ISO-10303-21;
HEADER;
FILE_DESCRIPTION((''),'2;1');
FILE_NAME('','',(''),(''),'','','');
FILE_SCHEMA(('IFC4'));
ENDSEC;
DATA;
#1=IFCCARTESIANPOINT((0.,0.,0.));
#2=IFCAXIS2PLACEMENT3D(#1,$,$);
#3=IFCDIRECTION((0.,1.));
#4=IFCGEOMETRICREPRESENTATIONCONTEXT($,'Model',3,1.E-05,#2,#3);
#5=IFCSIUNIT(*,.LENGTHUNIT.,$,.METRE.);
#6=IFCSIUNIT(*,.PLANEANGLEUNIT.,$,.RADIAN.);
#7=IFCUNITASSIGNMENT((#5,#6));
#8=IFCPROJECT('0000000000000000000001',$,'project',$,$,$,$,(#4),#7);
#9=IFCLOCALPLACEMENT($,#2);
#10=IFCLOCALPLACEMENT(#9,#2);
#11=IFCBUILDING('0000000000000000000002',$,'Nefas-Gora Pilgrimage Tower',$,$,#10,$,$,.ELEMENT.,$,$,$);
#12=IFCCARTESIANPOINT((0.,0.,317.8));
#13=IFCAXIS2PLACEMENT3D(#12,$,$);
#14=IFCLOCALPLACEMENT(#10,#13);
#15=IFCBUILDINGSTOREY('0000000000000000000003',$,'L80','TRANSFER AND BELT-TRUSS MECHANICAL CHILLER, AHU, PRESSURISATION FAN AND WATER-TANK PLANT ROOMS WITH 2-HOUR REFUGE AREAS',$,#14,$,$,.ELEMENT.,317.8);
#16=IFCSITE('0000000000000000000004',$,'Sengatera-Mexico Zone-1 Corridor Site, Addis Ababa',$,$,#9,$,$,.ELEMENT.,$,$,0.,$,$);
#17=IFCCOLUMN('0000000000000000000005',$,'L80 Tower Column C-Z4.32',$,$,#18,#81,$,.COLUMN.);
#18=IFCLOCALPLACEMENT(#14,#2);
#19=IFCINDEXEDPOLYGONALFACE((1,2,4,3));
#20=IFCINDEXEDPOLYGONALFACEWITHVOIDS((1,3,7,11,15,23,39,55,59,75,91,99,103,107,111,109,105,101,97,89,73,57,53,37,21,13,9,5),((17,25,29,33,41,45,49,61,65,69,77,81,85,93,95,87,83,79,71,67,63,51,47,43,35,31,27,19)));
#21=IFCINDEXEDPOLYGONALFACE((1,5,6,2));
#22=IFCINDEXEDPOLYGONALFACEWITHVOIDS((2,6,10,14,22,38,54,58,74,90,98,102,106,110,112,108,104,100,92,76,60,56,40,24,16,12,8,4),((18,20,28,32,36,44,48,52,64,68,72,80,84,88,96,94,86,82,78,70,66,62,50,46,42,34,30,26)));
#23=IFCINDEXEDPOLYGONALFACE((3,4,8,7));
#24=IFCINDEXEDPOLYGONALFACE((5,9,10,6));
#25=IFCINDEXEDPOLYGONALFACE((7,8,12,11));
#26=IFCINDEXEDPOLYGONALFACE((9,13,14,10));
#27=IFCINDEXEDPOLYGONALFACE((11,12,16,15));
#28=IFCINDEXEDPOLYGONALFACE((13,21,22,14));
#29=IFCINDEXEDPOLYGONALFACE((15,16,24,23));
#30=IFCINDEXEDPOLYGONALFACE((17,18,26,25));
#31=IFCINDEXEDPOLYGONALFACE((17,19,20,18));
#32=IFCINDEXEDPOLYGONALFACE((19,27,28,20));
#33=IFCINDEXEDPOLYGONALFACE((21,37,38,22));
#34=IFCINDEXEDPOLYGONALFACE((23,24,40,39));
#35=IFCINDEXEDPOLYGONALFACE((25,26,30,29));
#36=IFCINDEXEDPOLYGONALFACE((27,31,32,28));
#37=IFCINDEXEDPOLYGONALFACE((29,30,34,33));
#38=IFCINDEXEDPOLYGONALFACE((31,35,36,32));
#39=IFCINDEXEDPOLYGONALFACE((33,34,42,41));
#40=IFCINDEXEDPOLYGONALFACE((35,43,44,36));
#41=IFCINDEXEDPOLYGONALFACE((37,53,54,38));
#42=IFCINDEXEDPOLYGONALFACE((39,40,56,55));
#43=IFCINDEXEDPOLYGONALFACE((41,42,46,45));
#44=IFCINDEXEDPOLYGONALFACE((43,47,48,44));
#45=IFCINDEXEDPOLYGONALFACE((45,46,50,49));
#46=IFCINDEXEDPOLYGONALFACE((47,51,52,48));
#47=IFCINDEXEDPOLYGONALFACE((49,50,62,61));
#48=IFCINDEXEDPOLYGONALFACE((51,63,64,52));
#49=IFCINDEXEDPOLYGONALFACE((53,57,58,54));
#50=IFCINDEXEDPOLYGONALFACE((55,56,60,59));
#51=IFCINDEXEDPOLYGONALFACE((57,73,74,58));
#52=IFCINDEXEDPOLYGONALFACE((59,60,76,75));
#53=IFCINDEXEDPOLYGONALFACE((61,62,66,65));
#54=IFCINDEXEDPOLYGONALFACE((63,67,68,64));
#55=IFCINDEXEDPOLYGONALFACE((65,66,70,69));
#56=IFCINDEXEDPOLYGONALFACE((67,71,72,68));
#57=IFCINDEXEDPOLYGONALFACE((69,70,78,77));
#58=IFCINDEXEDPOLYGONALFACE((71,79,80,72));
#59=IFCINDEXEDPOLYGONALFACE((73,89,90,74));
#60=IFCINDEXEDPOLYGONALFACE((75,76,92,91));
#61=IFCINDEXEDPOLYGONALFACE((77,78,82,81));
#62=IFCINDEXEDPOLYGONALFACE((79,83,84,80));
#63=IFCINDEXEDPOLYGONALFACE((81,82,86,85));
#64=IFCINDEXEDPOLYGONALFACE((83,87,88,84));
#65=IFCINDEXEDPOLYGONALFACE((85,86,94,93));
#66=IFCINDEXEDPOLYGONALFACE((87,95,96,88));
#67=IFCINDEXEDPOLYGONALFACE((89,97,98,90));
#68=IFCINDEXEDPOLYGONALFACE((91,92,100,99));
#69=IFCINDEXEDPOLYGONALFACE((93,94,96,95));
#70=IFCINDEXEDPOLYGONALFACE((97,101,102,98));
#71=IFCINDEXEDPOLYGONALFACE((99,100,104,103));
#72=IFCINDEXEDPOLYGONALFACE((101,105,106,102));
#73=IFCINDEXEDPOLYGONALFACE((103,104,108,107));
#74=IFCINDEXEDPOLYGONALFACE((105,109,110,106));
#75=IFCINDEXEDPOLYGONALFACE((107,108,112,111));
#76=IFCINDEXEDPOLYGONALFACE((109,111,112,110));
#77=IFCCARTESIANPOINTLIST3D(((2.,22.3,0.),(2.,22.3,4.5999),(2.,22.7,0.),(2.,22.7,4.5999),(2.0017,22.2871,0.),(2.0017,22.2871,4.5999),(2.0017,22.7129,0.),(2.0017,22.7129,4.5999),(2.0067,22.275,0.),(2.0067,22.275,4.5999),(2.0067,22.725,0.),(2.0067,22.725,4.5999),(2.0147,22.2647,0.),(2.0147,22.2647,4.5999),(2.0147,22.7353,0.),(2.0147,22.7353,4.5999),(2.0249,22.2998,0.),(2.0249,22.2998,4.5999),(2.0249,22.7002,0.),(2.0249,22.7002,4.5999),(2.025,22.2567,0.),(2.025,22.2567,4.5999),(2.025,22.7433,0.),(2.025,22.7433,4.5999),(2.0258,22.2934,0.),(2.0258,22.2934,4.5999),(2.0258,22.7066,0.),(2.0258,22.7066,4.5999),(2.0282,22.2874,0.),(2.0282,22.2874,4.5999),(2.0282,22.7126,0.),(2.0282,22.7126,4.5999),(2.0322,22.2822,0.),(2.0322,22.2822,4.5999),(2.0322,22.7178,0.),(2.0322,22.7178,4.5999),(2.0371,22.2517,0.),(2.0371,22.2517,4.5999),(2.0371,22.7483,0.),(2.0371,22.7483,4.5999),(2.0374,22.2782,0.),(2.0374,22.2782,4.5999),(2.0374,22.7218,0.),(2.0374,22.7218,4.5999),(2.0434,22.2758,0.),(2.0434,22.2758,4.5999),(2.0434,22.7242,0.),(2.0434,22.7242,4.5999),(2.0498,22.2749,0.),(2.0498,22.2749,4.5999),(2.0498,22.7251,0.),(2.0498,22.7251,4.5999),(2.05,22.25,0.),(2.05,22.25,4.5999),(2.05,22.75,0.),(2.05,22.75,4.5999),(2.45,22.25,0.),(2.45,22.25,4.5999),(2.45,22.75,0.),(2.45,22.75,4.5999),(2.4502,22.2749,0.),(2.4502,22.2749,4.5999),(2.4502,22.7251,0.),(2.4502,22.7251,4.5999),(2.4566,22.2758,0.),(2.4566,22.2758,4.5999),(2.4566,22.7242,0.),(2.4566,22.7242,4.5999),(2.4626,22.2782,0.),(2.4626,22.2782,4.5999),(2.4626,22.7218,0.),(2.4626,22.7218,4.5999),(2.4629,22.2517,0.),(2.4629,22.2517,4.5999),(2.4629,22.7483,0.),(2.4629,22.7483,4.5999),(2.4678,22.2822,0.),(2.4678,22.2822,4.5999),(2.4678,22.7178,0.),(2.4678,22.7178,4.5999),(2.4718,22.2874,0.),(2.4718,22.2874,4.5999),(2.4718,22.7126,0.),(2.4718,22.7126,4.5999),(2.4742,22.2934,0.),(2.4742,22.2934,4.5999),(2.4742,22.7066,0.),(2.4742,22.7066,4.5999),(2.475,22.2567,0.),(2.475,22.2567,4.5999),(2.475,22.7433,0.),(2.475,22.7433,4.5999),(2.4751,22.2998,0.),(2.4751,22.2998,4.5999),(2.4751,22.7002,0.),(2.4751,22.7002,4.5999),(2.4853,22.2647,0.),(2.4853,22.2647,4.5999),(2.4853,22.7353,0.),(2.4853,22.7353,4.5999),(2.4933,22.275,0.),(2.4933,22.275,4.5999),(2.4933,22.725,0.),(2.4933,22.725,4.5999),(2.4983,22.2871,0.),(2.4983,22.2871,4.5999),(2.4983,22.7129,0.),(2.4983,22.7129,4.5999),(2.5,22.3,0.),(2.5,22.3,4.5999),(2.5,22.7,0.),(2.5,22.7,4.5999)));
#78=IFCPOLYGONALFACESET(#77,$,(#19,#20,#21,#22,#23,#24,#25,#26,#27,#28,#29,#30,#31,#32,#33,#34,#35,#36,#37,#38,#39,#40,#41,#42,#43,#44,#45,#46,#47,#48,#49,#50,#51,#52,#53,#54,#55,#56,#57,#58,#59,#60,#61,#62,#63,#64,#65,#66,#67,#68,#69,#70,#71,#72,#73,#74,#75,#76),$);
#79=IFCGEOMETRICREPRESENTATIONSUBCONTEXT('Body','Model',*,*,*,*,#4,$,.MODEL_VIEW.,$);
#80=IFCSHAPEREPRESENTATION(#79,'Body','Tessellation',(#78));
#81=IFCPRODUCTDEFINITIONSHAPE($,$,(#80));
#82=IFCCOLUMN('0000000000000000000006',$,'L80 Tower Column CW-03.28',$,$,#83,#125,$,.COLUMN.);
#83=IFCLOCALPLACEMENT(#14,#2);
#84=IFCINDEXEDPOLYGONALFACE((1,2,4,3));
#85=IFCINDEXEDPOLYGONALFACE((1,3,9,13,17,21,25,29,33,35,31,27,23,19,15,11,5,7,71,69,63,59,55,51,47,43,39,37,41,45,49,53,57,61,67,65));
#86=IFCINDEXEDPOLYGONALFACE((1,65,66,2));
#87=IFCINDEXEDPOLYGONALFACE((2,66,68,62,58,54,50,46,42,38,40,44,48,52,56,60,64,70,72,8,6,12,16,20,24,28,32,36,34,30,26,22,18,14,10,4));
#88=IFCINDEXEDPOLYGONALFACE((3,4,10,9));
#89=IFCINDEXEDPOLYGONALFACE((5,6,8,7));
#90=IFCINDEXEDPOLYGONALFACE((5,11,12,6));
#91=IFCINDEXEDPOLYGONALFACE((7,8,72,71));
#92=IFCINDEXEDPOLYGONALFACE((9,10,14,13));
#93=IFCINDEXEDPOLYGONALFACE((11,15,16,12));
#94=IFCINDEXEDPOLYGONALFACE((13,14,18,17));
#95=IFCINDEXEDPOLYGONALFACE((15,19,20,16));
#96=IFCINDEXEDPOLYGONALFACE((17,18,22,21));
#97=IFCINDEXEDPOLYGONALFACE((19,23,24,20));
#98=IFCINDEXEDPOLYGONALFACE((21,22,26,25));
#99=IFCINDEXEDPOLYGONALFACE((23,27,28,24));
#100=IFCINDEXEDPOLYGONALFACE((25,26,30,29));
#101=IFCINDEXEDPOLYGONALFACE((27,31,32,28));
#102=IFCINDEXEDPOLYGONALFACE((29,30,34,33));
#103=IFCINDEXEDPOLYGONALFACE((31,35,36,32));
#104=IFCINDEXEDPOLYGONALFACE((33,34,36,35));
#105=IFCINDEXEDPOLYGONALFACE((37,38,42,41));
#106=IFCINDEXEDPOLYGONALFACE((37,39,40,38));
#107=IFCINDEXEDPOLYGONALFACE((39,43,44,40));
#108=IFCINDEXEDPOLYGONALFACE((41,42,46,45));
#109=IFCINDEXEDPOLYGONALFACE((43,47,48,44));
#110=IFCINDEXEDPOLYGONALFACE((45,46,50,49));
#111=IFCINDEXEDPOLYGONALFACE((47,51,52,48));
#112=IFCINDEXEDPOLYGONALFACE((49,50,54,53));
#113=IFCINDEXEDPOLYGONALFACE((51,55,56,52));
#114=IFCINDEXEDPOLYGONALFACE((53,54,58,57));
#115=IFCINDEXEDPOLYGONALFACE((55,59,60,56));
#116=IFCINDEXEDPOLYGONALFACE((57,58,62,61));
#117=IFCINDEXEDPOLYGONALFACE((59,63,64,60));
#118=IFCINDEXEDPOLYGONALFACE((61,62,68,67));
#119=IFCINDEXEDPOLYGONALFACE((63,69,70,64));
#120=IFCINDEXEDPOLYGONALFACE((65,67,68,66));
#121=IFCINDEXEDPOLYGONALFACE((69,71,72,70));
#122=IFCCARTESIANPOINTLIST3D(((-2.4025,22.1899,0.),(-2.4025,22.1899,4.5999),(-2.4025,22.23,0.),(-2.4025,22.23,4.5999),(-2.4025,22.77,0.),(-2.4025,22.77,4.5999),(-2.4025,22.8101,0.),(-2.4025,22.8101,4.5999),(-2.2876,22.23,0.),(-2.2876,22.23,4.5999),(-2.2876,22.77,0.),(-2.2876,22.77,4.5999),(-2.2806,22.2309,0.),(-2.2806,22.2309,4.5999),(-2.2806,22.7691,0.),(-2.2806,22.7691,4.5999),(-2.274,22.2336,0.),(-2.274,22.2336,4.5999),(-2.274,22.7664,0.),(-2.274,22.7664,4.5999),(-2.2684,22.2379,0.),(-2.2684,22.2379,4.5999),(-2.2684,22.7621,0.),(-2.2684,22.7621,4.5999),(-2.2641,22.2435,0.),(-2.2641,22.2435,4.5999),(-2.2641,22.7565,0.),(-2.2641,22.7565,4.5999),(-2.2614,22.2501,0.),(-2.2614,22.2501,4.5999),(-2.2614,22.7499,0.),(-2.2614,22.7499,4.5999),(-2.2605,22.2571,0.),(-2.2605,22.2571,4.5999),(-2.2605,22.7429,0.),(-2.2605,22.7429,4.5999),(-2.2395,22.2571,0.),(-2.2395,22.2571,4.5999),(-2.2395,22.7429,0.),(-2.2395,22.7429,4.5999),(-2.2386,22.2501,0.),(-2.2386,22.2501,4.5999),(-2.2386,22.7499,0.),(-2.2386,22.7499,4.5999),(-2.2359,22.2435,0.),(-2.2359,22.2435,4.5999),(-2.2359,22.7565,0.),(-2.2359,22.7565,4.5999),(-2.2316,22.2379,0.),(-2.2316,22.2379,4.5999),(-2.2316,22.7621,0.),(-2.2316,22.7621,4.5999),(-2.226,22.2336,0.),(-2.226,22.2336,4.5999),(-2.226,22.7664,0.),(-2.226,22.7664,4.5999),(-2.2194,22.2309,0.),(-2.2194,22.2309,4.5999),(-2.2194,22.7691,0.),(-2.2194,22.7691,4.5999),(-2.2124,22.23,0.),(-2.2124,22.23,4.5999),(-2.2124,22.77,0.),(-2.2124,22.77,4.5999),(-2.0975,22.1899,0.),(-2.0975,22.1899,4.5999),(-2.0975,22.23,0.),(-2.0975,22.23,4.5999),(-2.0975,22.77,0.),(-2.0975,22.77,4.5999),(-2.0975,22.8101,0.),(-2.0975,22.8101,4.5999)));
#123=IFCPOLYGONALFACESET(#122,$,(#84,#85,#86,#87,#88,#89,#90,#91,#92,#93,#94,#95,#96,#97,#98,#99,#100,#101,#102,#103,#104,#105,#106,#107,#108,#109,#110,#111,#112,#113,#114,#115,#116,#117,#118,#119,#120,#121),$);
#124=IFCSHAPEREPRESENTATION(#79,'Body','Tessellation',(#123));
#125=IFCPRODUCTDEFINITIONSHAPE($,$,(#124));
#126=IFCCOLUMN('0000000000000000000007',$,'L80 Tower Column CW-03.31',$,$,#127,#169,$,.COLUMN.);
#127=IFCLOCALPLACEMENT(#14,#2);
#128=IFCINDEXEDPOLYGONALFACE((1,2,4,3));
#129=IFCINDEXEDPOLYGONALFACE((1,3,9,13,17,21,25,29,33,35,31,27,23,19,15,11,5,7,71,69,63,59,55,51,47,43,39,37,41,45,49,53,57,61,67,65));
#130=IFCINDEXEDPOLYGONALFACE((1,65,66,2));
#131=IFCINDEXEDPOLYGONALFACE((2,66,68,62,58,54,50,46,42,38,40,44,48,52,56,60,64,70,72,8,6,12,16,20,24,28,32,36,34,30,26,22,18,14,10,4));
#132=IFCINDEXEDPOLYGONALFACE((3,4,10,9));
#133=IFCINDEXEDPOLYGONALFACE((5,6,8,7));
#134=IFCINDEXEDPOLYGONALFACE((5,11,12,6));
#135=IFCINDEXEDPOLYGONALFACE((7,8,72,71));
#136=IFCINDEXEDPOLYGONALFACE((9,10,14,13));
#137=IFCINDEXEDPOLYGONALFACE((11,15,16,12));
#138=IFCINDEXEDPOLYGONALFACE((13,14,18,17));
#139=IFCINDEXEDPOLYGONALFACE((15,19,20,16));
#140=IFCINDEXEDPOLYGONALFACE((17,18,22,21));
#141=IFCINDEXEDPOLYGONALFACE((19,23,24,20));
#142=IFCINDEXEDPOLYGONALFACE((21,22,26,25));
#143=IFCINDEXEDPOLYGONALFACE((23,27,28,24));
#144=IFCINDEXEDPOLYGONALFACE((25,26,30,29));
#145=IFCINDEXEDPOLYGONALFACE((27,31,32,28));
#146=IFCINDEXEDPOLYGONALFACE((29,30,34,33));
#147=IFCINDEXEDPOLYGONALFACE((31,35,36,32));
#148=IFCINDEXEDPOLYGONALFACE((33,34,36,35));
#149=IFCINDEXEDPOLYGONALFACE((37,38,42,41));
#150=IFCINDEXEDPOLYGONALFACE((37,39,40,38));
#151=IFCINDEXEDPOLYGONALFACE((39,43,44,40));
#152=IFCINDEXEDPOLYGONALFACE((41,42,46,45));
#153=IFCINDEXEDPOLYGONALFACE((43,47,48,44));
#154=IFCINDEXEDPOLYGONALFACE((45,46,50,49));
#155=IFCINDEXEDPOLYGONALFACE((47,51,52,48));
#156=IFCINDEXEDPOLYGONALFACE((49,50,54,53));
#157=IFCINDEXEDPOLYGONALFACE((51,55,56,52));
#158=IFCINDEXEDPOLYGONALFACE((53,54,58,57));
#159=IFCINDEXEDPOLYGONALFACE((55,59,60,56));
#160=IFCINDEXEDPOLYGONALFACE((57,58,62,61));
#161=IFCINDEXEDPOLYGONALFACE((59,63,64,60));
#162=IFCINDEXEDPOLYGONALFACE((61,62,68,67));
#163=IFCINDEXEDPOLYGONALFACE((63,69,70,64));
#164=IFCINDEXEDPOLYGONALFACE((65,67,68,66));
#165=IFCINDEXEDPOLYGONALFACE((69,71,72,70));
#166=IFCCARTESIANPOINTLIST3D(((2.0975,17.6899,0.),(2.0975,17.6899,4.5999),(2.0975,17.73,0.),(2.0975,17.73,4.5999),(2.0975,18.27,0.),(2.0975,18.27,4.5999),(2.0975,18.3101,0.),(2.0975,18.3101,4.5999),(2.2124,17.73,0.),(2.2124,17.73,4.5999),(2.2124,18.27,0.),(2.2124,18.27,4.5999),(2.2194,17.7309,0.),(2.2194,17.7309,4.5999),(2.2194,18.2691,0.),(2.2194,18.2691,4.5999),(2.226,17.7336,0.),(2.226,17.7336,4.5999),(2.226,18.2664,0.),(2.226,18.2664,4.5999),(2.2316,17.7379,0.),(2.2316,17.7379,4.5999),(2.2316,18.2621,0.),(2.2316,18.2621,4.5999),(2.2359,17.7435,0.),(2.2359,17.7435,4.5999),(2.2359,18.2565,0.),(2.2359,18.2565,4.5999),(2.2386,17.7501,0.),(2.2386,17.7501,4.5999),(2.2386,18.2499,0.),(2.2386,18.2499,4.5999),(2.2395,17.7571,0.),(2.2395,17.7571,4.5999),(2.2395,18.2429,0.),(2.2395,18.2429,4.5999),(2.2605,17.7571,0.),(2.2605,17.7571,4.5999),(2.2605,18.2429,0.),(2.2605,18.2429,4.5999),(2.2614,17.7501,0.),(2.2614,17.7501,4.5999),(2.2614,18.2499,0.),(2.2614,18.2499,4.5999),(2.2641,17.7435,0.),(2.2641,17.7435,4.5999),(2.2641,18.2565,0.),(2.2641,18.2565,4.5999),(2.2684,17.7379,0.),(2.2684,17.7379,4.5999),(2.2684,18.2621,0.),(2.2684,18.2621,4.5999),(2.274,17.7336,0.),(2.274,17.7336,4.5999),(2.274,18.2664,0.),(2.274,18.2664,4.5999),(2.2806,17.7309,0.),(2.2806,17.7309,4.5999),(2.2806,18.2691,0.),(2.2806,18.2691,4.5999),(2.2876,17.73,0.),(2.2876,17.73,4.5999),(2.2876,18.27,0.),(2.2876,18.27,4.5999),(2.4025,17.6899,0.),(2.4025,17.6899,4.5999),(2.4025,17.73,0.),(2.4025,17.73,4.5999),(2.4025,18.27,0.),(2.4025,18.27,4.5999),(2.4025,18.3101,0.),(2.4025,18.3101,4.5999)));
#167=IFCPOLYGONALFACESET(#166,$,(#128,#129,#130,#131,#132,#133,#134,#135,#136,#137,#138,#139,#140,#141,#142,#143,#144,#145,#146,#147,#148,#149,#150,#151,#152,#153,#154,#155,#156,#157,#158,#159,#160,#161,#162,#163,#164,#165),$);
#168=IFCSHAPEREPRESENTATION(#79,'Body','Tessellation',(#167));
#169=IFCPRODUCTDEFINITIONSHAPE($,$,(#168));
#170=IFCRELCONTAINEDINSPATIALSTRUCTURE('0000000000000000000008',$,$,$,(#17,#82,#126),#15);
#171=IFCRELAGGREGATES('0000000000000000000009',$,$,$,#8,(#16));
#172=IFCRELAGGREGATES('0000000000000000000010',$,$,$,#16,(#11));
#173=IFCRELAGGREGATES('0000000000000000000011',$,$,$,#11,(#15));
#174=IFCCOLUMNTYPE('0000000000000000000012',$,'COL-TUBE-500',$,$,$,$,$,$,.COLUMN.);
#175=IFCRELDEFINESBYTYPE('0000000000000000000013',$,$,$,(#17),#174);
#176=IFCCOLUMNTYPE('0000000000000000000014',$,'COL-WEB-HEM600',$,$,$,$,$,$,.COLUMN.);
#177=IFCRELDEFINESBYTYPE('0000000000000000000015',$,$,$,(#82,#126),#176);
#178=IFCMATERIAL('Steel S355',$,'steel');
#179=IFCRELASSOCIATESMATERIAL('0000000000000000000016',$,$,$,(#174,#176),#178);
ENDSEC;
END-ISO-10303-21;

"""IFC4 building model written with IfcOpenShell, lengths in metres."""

from ifc_helpers import new_model, si_unit, direction, frame, origin, origin_2d, place, context, subcontext, project, spatial, hollow_rectangle, i_section, extrude, source, transform, mapped, material, material_profile, profile_set, type_object, element, save


model = new_model("IFC4")

# Units and contexts
model_context = context("Model", 3, precision=1e-05, world=origin(), true_north=direction((0.0, 1.0)))
body_context = subcontext(model_context, "Body", "Model", "MODEL_VIEW")
ifc_project = project(units=[si_unit("LENGTHUNIT", "METRE"), si_unit("PLANEANGLEUNIT", "RADIAN")], contexts=[model_context])

# Site, building, storey
site_placement = place(None, origin())
site = spatial("IfcSite", under=ifc_project, at=site_placement, Name="Sengatera-Mexico Zone-1 Corridor Site, Addis Ababa", CompositionType="ELEMENT", RefElevation=0.0)
building_placement = place(site_placement, origin())
building = spatial("IfcBuilding", under=site, at=building_placement, Name="Nefas-Gora Pilgrimage Tower", CompositionType="ELEMENT")
storey_placement = place(building_placement, frame((0.0, 0.0, 317.8)))
storey = spatial("IfcBuildingStorey", under=building, at=storey_placement, Name="L80", Description="TRANSFER AND BELT-TRUSS MECHANICAL CHILLER, AHU, PRESSURISATION FAN AND WATER-TANK PLANT ROOMS WITH 2-HOUR REFUGE AREAS", CompositionType="ELEMENT", Elevation=317.8)

# Columns
ifc_material_1 = material(Name="Steel S355", Category="steel")
ifc_material_profile_1 = material_profile(ifc_material_1, hollow_rectangle(XDim=0.5, YDim=0.5, WallThickness=0.0249, InnerFilletRadius=0.0249, OuterFilletRadius=0.05, at=origin_2d()), Name="SHS 500x500x25")
ifc_profile_set_1 = profile_set([ifc_material_profile_1], Name="Steel S355")
column_type_1 = type_object("IfcColumnType", Name="COL-TUBE-500", PredefinedType="COLUMN", material=ifc_profile_set_1)
shared_shape_1 = source(origin(), body_context, "Body", "SweptSolid", [
    extrude(hollow_rectangle(XDim=0.5, YDim=0.5, WallThickness=0.0249, InnerFilletRadius=0.0249, OuterFilletRadius=0.05, at=origin_2d()), origin(), (0.0, 0.0, 1.0), 4.5999),
])
column_placement = place(storey_placement, frame((2.25, 22.5, 0.0), z_axis=(0.0, 0.0, 1.0), x_axis=(1.0, 0.0, 0.0)))
element("IfcColumn", 1, at=column_placement, inside=storey, type_object=column_type_1, Name="L80 Tower Column C-Z4.32", PredefinedType="COLUMN", context=body_context, shape_type="MappedRepresentation", body=[
    mapped(shared_shape_1, transform((0.0, 0.0, 0.0), x_axis=(1.0, 0.0, 0.0), y_axis=(0.0, 1.0, 0.0), z_axis=(0.0, 0.0, 1.0), scale=1.0)),
])
ifc_material_profile_2 = material_profile(ifc_material_1, i_section(OverallWidth=0.3049, OverallDepth=0.6201, WebThickness=0.021, FlangeThickness=0.04, FilletRadius=0.0271, at=origin_2d()), Name="HEM 600")
ifc_profile_set_2 = profile_set([ifc_material_profile_2], Name="Steel S355")
column_type_2 = type_object("IfcColumnType", Name="COL-WEB-HEM600", PredefinedType="COLUMN", material=ifc_profile_set_2)
shared_shape_2 = source(origin(), body_context, "Body", "SweptSolid", [
    extrude(i_section(OverallWidth=0.3049, OverallDepth=0.6201, WebThickness=0.021, FlangeThickness=0.04, FilletRadius=0.0271, at=origin_2d()), origin(), (0.0, 0.0, 1.0), 4.5999),
])
for number, where, z_axis, x_axis, name in (
    (2, (-2.25, 22.5, 0.0), (0.0, 0.0, 1.0), (1.0, 0.0, 0.0), "L80 Tower Column CW-03.28"),
    (3, (2.25, 18.0, 0.0), (0.0, 0.0, 1.0), (1.0, 0.0, 0.0), "L80 Tower Column CW-03.31"),
):
    element("IfcColumn", number, at=place(storey_placement, frame(where, z_axis=z_axis, x_axis=x_axis)), inside=storey, type_object=column_type_2, Name=name, PredefinedType="COLUMN", context=body_context, shape_type="MappedRepresentation", body=[
        mapped(shared_shape_2, transform((0.0, 0.0, 0.0), x_axis=(1.0, 0.0, 0.0), y_axis=(0.0, 1.0, 0.0), z_axis=(0.0, 0.0, 1.0), scale=1.0)),
    ])

save(model, "model.ifc")
